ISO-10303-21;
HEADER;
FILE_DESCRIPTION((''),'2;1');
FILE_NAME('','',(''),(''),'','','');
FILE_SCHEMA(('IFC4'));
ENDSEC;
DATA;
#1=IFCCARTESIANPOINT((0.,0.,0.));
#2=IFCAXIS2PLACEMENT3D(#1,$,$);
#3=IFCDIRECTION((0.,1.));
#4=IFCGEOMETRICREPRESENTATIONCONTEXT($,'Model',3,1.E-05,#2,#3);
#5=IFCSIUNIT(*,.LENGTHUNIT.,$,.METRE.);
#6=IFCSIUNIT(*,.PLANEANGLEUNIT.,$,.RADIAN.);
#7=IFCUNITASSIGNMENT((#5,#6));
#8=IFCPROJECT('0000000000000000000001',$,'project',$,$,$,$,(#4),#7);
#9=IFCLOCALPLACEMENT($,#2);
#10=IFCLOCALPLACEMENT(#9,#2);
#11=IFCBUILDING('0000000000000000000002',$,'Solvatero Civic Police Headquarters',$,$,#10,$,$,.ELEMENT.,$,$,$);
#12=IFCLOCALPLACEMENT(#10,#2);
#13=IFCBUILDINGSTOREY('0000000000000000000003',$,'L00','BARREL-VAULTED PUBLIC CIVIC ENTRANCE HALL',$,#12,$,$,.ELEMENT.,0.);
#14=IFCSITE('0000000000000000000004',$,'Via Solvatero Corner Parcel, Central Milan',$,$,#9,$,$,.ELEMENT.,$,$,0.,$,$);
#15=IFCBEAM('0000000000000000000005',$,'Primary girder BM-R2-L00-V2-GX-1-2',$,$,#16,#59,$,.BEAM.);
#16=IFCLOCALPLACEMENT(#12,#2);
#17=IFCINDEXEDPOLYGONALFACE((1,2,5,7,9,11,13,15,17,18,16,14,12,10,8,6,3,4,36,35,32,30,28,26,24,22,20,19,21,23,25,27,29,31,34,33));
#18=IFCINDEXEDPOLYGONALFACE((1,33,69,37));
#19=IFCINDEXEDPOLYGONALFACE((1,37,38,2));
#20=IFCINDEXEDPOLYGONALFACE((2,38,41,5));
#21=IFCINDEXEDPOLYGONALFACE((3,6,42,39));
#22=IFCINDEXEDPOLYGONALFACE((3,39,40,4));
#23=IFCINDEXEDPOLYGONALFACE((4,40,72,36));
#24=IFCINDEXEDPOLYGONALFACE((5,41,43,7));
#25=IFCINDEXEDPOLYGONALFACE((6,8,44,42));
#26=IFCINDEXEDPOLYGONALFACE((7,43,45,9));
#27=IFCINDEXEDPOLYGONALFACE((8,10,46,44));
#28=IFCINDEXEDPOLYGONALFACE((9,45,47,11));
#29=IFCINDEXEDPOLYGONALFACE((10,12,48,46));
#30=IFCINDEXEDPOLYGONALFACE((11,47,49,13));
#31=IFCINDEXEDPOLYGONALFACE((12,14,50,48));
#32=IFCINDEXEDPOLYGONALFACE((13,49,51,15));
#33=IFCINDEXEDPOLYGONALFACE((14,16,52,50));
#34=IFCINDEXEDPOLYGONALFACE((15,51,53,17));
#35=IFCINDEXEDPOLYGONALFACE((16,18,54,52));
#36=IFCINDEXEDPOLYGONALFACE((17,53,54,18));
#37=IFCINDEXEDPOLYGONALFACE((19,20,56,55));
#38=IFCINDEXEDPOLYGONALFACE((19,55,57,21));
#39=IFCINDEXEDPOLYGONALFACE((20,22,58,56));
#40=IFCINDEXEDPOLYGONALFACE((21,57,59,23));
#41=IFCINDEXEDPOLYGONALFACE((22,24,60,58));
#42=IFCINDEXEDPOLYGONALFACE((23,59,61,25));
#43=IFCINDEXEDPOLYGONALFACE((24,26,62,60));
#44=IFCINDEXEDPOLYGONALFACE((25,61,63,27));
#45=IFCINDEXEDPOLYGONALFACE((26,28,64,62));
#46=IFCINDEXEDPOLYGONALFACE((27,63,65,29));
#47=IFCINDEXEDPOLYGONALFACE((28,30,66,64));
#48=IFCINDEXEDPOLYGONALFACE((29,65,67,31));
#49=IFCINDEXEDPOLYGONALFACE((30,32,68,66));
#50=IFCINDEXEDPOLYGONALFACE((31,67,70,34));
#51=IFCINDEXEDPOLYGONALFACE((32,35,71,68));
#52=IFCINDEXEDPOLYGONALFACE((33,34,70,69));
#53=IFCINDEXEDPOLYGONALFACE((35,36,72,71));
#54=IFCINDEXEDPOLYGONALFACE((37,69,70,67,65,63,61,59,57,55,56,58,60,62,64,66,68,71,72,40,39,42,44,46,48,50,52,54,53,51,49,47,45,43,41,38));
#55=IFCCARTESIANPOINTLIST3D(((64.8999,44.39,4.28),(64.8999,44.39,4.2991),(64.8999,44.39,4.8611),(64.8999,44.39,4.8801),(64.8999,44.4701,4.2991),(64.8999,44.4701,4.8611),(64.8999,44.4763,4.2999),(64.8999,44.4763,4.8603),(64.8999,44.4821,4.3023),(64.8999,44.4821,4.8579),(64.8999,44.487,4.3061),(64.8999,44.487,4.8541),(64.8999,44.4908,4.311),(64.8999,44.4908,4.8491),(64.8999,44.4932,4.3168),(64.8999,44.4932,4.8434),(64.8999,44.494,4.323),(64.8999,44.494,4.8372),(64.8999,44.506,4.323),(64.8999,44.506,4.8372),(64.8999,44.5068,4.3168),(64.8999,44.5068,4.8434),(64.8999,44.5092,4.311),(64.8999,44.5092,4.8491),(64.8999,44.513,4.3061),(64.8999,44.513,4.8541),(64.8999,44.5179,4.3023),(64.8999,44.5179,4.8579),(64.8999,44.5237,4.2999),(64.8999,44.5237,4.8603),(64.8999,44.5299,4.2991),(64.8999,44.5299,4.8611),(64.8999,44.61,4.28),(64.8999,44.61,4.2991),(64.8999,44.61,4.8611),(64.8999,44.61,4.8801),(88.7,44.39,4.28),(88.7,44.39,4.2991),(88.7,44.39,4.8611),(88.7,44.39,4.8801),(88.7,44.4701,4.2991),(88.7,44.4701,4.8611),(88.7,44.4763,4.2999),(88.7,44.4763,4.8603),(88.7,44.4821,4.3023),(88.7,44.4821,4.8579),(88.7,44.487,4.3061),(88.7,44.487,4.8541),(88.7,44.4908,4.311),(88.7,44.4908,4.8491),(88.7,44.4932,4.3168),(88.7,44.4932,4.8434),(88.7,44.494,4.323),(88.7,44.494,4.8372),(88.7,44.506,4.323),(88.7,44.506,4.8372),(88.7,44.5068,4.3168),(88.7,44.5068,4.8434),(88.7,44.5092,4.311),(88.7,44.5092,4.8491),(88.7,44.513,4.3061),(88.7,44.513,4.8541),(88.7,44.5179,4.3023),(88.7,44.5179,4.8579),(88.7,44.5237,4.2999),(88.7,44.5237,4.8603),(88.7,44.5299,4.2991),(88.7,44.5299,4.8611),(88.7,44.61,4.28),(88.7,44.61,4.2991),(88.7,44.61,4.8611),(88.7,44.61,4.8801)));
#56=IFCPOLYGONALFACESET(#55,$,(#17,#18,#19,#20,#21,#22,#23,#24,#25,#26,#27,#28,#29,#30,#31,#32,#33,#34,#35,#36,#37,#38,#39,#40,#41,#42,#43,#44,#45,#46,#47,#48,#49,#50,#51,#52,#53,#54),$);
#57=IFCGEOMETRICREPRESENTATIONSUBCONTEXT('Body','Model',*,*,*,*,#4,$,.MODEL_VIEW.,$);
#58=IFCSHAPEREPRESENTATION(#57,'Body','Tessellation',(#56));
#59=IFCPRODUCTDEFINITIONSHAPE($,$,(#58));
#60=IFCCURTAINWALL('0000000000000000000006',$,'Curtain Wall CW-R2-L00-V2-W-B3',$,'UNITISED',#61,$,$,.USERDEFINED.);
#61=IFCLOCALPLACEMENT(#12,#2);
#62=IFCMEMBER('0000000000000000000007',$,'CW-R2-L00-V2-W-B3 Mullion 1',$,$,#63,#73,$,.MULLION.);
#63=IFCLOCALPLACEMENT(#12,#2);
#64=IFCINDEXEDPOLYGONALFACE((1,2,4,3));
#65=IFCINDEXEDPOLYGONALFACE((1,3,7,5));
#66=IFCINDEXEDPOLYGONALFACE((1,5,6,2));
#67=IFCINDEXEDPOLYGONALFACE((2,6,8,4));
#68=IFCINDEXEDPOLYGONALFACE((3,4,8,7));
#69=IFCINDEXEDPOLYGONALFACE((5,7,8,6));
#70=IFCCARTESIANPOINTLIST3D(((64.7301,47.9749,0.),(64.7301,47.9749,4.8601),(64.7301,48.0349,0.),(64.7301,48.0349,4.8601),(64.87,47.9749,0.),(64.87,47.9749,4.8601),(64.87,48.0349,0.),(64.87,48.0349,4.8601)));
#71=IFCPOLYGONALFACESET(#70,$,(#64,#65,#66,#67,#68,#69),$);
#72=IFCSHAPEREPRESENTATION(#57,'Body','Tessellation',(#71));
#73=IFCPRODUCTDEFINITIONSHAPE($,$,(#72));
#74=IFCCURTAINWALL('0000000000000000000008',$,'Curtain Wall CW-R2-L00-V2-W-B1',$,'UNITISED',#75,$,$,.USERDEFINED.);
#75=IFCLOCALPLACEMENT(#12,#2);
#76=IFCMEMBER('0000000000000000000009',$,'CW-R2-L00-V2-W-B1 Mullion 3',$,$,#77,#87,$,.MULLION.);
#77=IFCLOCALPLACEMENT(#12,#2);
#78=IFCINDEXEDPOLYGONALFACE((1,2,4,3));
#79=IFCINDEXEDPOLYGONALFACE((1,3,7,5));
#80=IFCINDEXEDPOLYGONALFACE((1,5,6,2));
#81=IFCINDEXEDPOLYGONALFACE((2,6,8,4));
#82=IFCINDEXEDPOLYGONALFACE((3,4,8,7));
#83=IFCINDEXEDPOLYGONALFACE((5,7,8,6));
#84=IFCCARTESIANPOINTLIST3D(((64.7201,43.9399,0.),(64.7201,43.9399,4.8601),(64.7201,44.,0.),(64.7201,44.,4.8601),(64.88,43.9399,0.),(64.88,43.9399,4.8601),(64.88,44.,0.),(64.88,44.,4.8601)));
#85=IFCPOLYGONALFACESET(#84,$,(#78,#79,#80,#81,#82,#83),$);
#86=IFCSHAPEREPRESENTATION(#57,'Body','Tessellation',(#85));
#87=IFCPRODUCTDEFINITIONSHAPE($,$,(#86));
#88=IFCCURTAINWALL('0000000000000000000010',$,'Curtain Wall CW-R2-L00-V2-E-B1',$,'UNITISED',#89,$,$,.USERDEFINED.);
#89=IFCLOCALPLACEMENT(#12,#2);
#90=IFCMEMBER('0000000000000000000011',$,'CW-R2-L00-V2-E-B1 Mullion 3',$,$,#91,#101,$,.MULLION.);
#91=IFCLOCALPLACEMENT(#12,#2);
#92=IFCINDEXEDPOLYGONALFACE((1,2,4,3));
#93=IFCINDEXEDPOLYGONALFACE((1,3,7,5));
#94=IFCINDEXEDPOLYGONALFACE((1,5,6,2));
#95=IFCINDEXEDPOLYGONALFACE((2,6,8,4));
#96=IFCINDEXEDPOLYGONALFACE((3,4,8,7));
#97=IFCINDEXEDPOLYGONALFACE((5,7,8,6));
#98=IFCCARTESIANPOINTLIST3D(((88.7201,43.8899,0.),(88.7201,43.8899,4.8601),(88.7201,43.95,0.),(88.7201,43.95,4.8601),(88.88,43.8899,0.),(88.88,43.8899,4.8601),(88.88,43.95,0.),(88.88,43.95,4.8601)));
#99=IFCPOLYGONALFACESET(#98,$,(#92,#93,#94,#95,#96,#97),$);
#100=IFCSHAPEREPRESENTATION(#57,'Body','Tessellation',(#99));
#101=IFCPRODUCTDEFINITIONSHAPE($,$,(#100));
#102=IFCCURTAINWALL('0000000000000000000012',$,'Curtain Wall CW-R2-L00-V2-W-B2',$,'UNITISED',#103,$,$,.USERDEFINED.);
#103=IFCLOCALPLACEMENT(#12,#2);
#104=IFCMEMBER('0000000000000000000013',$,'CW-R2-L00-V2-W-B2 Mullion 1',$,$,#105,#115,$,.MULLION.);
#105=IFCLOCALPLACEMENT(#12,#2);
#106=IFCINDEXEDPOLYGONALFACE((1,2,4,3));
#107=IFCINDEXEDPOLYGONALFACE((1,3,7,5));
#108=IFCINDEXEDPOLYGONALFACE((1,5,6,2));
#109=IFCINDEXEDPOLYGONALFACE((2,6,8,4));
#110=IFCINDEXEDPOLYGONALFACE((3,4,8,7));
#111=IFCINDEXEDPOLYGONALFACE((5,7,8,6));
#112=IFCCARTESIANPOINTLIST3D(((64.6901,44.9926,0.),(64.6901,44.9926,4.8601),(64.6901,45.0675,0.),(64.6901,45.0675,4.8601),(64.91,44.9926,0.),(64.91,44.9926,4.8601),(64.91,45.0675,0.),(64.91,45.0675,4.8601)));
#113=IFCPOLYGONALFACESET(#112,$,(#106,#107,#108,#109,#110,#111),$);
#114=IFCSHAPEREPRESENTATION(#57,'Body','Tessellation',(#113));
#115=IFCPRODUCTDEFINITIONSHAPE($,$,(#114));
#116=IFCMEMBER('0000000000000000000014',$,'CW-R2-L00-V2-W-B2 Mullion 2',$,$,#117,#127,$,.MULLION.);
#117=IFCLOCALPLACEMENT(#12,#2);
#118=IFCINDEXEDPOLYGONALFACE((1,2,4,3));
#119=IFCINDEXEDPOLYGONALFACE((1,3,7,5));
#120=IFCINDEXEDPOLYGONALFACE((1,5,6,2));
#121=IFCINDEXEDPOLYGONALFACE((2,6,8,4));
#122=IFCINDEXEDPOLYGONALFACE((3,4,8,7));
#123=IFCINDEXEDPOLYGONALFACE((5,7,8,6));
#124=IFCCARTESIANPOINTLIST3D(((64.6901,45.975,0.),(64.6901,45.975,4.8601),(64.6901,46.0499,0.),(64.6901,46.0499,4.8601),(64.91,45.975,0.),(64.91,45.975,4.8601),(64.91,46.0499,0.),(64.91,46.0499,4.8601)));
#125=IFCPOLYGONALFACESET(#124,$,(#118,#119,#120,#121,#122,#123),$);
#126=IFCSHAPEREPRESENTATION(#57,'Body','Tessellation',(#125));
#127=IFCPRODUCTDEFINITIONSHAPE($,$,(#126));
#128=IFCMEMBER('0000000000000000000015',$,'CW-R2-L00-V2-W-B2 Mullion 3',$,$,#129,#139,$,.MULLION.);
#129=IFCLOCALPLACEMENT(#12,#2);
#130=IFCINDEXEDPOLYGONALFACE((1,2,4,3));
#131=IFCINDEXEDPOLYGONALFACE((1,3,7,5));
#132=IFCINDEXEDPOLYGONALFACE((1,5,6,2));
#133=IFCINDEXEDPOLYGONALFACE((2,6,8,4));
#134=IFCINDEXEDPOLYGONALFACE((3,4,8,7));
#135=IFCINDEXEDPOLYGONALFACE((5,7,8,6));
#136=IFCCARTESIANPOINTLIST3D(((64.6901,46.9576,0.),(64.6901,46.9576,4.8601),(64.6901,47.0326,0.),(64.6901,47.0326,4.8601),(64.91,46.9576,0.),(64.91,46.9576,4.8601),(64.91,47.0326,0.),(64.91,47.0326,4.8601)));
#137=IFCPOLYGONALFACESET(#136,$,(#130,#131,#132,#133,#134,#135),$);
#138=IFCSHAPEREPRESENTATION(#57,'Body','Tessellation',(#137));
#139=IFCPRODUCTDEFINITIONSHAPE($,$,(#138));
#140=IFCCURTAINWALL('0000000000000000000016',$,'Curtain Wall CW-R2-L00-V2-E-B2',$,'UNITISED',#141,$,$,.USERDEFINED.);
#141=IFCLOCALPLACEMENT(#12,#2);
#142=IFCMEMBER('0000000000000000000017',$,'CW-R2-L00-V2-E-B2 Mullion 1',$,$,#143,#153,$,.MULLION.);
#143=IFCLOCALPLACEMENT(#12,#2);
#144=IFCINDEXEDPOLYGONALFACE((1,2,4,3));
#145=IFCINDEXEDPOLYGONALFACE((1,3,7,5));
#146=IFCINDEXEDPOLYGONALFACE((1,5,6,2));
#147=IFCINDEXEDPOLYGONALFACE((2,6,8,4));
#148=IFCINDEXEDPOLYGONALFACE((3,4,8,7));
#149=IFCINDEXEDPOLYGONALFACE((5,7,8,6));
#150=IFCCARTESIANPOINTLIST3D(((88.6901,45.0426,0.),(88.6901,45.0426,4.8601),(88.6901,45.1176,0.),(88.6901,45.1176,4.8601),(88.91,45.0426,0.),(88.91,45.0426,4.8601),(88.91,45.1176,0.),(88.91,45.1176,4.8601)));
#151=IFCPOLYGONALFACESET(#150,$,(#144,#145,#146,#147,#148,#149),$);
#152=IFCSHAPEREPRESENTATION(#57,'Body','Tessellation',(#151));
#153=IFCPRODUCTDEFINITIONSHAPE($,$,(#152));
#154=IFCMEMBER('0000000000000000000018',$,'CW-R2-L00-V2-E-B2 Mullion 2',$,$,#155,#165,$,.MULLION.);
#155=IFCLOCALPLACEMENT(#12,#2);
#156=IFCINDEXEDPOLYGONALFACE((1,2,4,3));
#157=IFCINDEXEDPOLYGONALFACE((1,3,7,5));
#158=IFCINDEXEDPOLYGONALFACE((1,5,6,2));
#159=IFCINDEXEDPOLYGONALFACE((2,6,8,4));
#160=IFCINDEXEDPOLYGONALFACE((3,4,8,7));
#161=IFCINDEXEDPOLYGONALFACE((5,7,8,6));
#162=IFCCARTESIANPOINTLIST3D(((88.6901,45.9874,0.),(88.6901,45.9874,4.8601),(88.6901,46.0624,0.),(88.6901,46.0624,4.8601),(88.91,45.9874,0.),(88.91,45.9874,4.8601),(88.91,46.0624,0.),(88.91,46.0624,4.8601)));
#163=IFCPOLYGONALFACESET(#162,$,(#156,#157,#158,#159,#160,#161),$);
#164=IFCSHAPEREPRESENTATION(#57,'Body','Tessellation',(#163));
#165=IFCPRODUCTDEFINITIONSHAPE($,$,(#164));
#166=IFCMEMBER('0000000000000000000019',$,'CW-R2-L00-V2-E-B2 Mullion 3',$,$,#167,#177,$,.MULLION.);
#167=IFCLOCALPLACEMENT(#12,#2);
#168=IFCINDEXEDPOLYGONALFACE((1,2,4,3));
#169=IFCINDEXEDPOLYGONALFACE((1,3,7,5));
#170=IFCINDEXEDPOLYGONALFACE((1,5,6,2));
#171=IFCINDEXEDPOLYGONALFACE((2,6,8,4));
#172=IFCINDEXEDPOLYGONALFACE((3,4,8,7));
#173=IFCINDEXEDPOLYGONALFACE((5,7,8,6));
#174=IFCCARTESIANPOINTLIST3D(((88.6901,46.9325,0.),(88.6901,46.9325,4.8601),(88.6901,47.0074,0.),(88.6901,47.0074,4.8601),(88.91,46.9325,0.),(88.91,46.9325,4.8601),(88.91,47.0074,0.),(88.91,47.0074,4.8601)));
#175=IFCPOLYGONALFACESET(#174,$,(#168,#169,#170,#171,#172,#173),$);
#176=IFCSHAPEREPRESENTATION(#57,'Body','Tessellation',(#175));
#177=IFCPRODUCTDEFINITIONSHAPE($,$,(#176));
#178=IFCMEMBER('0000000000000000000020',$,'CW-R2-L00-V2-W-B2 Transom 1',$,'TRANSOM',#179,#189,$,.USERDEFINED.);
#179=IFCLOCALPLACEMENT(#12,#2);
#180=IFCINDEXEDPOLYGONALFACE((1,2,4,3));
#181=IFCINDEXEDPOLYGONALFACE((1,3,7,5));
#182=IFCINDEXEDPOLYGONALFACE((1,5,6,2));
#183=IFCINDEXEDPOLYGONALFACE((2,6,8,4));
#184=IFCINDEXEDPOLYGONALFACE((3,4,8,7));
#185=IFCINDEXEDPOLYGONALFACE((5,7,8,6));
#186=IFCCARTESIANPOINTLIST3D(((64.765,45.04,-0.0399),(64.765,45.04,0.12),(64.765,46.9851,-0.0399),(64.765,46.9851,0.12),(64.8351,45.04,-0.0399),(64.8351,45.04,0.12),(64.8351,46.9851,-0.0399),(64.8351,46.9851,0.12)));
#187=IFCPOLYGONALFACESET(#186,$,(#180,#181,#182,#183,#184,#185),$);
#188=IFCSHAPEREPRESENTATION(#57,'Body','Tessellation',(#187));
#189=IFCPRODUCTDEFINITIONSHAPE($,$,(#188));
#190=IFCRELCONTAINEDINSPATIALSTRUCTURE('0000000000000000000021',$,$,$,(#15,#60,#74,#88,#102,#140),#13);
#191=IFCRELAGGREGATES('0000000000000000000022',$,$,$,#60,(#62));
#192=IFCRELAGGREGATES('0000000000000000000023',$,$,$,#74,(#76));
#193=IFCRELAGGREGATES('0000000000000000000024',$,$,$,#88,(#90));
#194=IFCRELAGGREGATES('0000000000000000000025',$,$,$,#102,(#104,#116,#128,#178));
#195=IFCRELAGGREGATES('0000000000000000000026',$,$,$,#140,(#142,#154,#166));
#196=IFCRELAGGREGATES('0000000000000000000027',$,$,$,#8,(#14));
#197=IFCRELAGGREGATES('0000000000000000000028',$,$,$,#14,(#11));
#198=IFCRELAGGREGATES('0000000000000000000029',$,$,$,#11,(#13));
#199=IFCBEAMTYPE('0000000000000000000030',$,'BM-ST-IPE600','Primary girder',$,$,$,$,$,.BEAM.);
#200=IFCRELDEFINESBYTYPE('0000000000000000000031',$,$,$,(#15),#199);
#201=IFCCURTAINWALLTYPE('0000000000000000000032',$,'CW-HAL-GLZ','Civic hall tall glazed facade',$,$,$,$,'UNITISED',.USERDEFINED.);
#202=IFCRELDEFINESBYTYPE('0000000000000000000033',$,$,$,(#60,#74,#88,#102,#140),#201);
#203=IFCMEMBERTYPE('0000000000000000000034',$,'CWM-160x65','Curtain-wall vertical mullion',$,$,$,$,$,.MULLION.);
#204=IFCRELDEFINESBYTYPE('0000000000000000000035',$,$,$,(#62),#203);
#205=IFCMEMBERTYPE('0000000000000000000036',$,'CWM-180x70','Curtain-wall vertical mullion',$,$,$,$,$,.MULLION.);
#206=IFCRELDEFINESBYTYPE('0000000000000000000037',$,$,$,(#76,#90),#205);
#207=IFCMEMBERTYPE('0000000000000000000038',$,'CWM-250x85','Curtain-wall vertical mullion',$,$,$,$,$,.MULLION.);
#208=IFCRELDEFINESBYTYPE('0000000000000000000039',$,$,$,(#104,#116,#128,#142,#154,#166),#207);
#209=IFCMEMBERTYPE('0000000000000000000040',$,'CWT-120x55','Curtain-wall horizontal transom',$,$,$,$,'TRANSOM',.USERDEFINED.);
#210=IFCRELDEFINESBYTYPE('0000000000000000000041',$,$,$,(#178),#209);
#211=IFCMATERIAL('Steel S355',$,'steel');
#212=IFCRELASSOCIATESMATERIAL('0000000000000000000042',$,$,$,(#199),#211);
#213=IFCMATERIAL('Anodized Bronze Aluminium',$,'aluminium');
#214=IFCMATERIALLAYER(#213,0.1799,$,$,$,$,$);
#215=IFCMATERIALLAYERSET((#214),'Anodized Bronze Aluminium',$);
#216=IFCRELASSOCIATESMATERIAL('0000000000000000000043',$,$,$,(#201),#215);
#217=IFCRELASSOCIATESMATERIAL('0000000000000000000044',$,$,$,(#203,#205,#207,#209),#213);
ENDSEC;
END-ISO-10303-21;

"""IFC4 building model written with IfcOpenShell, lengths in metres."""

from ifc_helpers import new_model, si_unit, direction, frame, origin, origin_2d, place, context, subcontext, project, spatial, rectangle, i_section, extrude, material, layer, layer_set, material_profile, profile_set, type_object, element, aggregate, save


model = new_model("IFC4")

# Units and contexts
model_context = context("Model", 3, precision=1e-05, world=origin(), true_north=direction((0.0, 1.0)))
body_context = subcontext(model_context, "Body", "Model", "MODEL_VIEW")
ifc_project = project(units=[si_unit("LENGTHUNIT", "METRE"), si_unit("PLANEANGLEUNIT", "RADIAN")], contexts=[model_context])

# Site, building, storey
site_placement = place(None, origin())
site = spatial("IfcSite", under=ifc_project, at=site_placement, Name="Via Solvatero Corner Parcel, Central Milan", CompositionType="ELEMENT", RefElevation=0.0)
building_placement = place(site_placement, origin())
building = spatial("IfcBuilding", under=site, at=building_placement, Name="Solvatero Civic Police Headquarters", CompositionType="ELEMENT")
storey_placement = place(building_placement, origin())
storey = spatial("IfcBuildingStorey", under=building, at=storey_placement, Name="L00", Description="BARREL-VAULTED PUBLIC CIVIC ENTRANCE HALL", CompositionType="ELEMENT", Elevation=0.0)

# Beam
ifc_material_1 = material(Name="Steel S355", Category="steel")
ifc_material_profile_1 = material_profile(ifc_material_1, i_section(OverallWidth=0.22, OverallDepth=0.6001, WebThickness=0.012, FlangeThickness=0.019, FilletRadius=0.0239, at=origin_2d()), Name="IPE 600")
ifc_profile_set_1 = profile_set([ifc_material_profile_1], Name="Steel S355")
beam_type_1 = type_object("IfcBeamType", Name="BM-ST-IPE600", Description="Primary girder", PredefinedType="BEAM", material=ifc_profile_set_1)
beam_placement = place(storey_placement, frame((64.8999, 44.5, 4.5801), z_axis=(1.0, 0.0, 0.0), x_axis=(0.0, 1.0, 0.0)))
element("IfcBeam", 1, at=beam_placement, inside=storey, type_object=beam_type_1, Name="Primary girder BM-R2-L00-V2-GX-1-2", PredefinedType="BEAM", context=body_context, shape_type="SweptSolid", body=[
    extrude(i_section(OverallWidth=0.22, OverallDepth=0.6001, WebThickness=0.012, FlangeThickness=0.019, FilletRadius=0.0239, at=origin_2d()), origin(), (0.0, 0.0, 1.0), 23.8),
])

# Curtain walls, members
ifc_material_2 = material(Name="Anodized Bronze Aluminium", Category="aluminium")
ifc_layer_1 = layer(ifc_material_2, 0.1799)
ifc_layer_set_1 = layer_set([ifc_layer_1], Name="Anodized Bronze Aluminium")
curtain_wall_type = type_object("IfcCurtainWallType", Name="CW-HAL-GLZ", Description="Civic hall tall glazed facade", ElementType="UNITISED", PredefinedType="USERDEFINED", material=ifc_layer_set_1)
curtain_wall_1_placement = place(storey_placement, origin())
curtain_wall_1 = element("IfcCurtainWall", 2, at=curtain_wall_1_placement, inside=storey, type_object=curtain_wall_type, Name="Curtain Wall CW-R2-L00-V2-W-B3", ObjectType="UNITISED", PredefinedType="USERDEFINED")
ifc_material_profile_2 = material_profile(ifc_material_2, rectangle(XDim=0.0601, YDim=0.1399, at=origin_2d()), Name="ALU MULLION 60x140")
ifc_profile_set_2 = profile_set([ifc_material_profile_2], Name="Anodized Bronze Aluminium")
member_type_1 = type_object("IfcMemberType", Name="CWM-160x65", Description="Curtain-wall vertical mullion", PredefinedType="MULLION", material=ifc_profile_set_2)
member_1_placement = place(storey_placement, frame((64.8, 48.0049, 0.0), z_axis=(0.0, 0.0, 1.0), x_axis=(0.0, 1.0, 0.0)))
member_1 = element("IfcMember", 3, at=member_1_placement, type_object=member_type_1, Name="CW-R2-L00-V2-W-B3 Mullion 1", PredefinedType="MULLION", context=body_context, shape_type="SweptSolid", body=[
    extrude(rectangle(XDim=0.0601, YDim=0.1399, at=origin_2d()), origin(), (0.0, 0.0, 1.0), 4.8601),
])
aggregate(curtain_wall_1, [member_1])
curtain_wall_2_placement = place(storey_placement, origin())
curtain_wall_2 = element("IfcCurtainWall", 4, at=curtain_wall_2_placement, inside=storey, type_object=curtain_wall_type, Name="Curtain Wall CW-R2-L00-V2-W-B1", ObjectType="UNITISED", PredefinedType="USERDEFINED")
ifc_material_profile_3 = material_profile(ifc_material_2, rectangle(XDim=0.0601, YDim=0.1599, at=origin_2d()), Name="ALU MULLION 60x160")
ifc_profile_set_3 = profile_set([ifc_material_profile_3], Name="Anodized Bronze Aluminium")
member_type_2 = type_object("IfcMemberType", Name="CWM-180x70", Description="Curtain-wall vertical mullion", PredefinedType="MULLION", material=ifc_profile_set_3)
member_2_placement = place(storey_placement, frame((64.8, 43.97, 0.0), z_axis=(0.0, 0.0, 1.0), x_axis=(0.0, 1.0, 0.0)))
member_2 = element("IfcMember", 5, at=member_2_placement, type_object=member_type_2, Name="CW-R2-L00-V2-W-B1 Mullion 3", PredefinedType="MULLION", context=body_context, shape_type="SweptSolid", body=[
    extrude(rectangle(XDim=0.0601, YDim=0.1599, at=origin_2d()), origin(), (0.0, 0.0, 1.0), 4.8601),
])
aggregate(curtain_wall_2, [member_2])
curtain_wall_3_placement = place(storey_placement, origin())
curtain_wall_3 = element("IfcCurtainWall", 6, at=curtain_wall_3_placement, inside=storey, type_object=curtain_wall_type, Name="Curtain Wall CW-R2-L00-V2-E-B1", ObjectType="UNITISED", PredefinedType="USERDEFINED")
member_3_placement = place(storey_placement, frame((88.8, 43.9199, 0.0), z_axis=(0.0, 0.0, 1.0), x_axis=(0.0, 1.0, 0.0)))
member_3 = element("IfcMember", 7, at=member_3_placement, type_object=member_type_2, Name="CW-R2-L00-V2-E-B1 Mullion 3", PredefinedType="MULLION", context=body_context, shape_type="SweptSolid", body=[
    extrude(rectangle(XDim=0.0601, YDim=0.1599, at=origin_2d()), origin(), (0.0, 0.0, 1.0), 4.8601),
])
aggregate(curtain_wall_3, [member_3])

# Curtain walls, members
curtain_wall_4_placement = place(storey_placement, origin())
curtain_wall_4 = element("IfcCurtainWall", 8, at=curtain_wall_4_placement, inside=storey, type_object=curtain_wall_type, Name="Curtain Wall CW-R2-L00-V2-W-B2", ObjectType="UNITISED", PredefinedType="USERDEFINED")
ifc_material_profile_4 = material_profile(ifc_material_2, rectangle(XDim=0.075, YDim=0.22, at=origin_2d()), Name="ALU MULLION 75x220")
ifc_profile_set_4 = profile_set([ifc_material_profile_4], Name="Anodized Bronze Aluminium")
member_type_3 = type_object("IfcMemberType", Name="CWM-250x85", Description="Curtain-wall vertical mullion", PredefinedType="MULLION", material=ifc_profile_set_4)
member_4_placement = place(storey_placement, frame((64.8, 45.03, 0.0), z_axis=(0.0, 0.0, 1.0), x_axis=(0.0, 1.0, 0.0)))
member_4 = element("IfcMember", 9, at=member_4_placement, type_object=member_type_3, Name="CW-R2-L00-V2-W-B2 Mullion 1", PredefinedType="MULLION", context=body_context, shape_type="SweptSolid", body=[
    extrude(rectangle(XDim=0.075, YDim=0.22, at=origin_2d()), origin(), (0.0, 0.0, 1.0), 4.8601),
])
member_5_placement = place(storey_placement, frame((64.8, 46.0125, 0.0), z_axis=(0.0, 0.0, 1.0), x_axis=(0.0, 1.0, 0.0)))
member_5 = element("IfcMember", 10, at=member_5_placement, type_object=member_type_3, Name="CW-R2-L00-V2-W-B2 Mullion 2", PredefinedType="MULLION", context=body_context, shape_type="SweptSolid", body=[
    extrude(rectangle(XDim=0.075, YDim=0.22, at=origin_2d()), origin(), (0.0, 0.0, 1.0), 4.8601),
])
member_6_placement = place(storey_placement, frame((64.8, 46.9951, 0.0), z_axis=(0.0, 0.0, 1.0), x_axis=(0.0, 1.0, 0.0)))
member_6 = element("IfcMember", 11, at=member_6_placement, type_object=member_type_3, Name="CW-R2-L00-V2-W-B2 Mullion 3", PredefinedType="MULLION", context=body_context, shape_type="SweptSolid", body=[
    extrude(rectangle(XDim=0.075, YDim=0.22, at=origin_2d()), origin(), (0.0, 0.0, 1.0), 4.8601),
])
curtain_wall_5_placement = place(storey_placement, origin())
curtain_wall_5 = element("IfcCurtainWall", 12, at=curtain_wall_5_placement, inside=storey, type_object=curtain_wall_type, Name="Curtain Wall CW-R2-L00-V2-E-B2", ObjectType="UNITISED", PredefinedType="USERDEFINED")
member_7_placement = place(storey_placement, frame((88.8, 45.0801, 0.0), z_axis=(0.0, 0.0, 1.0), x_axis=(0.0, 1.0, 0.0)))
member_7 = element("IfcMember", 13, at=member_7_placement, type_object=member_type_3, Name="CW-R2-L00-V2-E-B2 Mullion 1", PredefinedType="MULLION", context=body_context, shape_type="SweptSolid", body=[
    extrude(rectangle(XDim=0.075, YDim=0.22, at=origin_2d()), origin(), (0.0, 0.0, 1.0), 4.8601),
])
member_8_placement = place(storey_placement, frame((88.8, 46.0249, 0.0), z_axis=(0.0, 0.0, 1.0), x_axis=(0.0, 1.0, 0.0)))
member_8 = element("IfcMember", 14, at=member_8_placement, type_object=member_type_3, Name="CW-R2-L00-V2-E-B2 Mullion 2", PredefinedType="MULLION", context=body_context, shape_type="SweptSolid", body=[
    extrude(rectangle(XDim=0.075, YDim=0.22, at=origin_2d()), origin(), (0.0, 0.0, 1.0), 4.8601),
])
member_9_placement = place(storey_placement, frame((88.8, 46.97, 0.0), z_axis=(0.0, 0.0, 1.0), x_axis=(0.0, 1.0, 0.0)))
member_9 = element("IfcMember", 15, at=member_9_placement, type_object=member_type_3, Name="CW-R2-L00-V2-E-B2 Mullion 3", PredefinedType="MULLION", context=body_context, shape_type="SweptSolid", body=[
    extrude(rectangle(XDim=0.075, YDim=0.22, at=origin_2d()), origin(), (0.0, 0.0, 1.0), 4.8601),
])

# Member
ifc_material_profile_5 = material_profile(ifc_material_2, rectangle(XDim=0.0701, YDim=0.1599, at=origin_2d()), Name="ALU TRANSOM 70x160")
ifc_profile_set_5 = profile_set([ifc_material_profile_5], Name="Anodized Bronze Aluminium")
member_type_4 = type_object("IfcMemberType", Name="CWT-120x55", Description="Curtain-wall horizontal transom", ElementType="TRANSOM", PredefinedType="USERDEFINED", material=ifc_profile_set_5)
member_10_placement = place(storey_placement, frame((64.8, 45.04, 0.04), z_axis=(0.0, 1.0, 0.0), x_axis=(-1.0, 0.0, 0.0)))
member_10 = element("IfcMember", 16, at=member_10_placement, type_object=member_type_4, Name="CW-R2-L00-V2-W-B2 Transom 1", ObjectType="TRANSOM", PredefinedType="USERDEFINED", context=body_context, shape_type="SweptSolid", body=[
    extrude(rectangle(XDim=0.0701, YDim=0.1599, at=origin_2d()), origin(), (0.0, 0.0, 1.0), 1.9451),
])

aggregate(curtain_wall_4, [member_4, member_5, member_6, member_10])
aggregate(curtain_wall_5, [member_7, member_8, member_9])

save(model, "model.ifc")
